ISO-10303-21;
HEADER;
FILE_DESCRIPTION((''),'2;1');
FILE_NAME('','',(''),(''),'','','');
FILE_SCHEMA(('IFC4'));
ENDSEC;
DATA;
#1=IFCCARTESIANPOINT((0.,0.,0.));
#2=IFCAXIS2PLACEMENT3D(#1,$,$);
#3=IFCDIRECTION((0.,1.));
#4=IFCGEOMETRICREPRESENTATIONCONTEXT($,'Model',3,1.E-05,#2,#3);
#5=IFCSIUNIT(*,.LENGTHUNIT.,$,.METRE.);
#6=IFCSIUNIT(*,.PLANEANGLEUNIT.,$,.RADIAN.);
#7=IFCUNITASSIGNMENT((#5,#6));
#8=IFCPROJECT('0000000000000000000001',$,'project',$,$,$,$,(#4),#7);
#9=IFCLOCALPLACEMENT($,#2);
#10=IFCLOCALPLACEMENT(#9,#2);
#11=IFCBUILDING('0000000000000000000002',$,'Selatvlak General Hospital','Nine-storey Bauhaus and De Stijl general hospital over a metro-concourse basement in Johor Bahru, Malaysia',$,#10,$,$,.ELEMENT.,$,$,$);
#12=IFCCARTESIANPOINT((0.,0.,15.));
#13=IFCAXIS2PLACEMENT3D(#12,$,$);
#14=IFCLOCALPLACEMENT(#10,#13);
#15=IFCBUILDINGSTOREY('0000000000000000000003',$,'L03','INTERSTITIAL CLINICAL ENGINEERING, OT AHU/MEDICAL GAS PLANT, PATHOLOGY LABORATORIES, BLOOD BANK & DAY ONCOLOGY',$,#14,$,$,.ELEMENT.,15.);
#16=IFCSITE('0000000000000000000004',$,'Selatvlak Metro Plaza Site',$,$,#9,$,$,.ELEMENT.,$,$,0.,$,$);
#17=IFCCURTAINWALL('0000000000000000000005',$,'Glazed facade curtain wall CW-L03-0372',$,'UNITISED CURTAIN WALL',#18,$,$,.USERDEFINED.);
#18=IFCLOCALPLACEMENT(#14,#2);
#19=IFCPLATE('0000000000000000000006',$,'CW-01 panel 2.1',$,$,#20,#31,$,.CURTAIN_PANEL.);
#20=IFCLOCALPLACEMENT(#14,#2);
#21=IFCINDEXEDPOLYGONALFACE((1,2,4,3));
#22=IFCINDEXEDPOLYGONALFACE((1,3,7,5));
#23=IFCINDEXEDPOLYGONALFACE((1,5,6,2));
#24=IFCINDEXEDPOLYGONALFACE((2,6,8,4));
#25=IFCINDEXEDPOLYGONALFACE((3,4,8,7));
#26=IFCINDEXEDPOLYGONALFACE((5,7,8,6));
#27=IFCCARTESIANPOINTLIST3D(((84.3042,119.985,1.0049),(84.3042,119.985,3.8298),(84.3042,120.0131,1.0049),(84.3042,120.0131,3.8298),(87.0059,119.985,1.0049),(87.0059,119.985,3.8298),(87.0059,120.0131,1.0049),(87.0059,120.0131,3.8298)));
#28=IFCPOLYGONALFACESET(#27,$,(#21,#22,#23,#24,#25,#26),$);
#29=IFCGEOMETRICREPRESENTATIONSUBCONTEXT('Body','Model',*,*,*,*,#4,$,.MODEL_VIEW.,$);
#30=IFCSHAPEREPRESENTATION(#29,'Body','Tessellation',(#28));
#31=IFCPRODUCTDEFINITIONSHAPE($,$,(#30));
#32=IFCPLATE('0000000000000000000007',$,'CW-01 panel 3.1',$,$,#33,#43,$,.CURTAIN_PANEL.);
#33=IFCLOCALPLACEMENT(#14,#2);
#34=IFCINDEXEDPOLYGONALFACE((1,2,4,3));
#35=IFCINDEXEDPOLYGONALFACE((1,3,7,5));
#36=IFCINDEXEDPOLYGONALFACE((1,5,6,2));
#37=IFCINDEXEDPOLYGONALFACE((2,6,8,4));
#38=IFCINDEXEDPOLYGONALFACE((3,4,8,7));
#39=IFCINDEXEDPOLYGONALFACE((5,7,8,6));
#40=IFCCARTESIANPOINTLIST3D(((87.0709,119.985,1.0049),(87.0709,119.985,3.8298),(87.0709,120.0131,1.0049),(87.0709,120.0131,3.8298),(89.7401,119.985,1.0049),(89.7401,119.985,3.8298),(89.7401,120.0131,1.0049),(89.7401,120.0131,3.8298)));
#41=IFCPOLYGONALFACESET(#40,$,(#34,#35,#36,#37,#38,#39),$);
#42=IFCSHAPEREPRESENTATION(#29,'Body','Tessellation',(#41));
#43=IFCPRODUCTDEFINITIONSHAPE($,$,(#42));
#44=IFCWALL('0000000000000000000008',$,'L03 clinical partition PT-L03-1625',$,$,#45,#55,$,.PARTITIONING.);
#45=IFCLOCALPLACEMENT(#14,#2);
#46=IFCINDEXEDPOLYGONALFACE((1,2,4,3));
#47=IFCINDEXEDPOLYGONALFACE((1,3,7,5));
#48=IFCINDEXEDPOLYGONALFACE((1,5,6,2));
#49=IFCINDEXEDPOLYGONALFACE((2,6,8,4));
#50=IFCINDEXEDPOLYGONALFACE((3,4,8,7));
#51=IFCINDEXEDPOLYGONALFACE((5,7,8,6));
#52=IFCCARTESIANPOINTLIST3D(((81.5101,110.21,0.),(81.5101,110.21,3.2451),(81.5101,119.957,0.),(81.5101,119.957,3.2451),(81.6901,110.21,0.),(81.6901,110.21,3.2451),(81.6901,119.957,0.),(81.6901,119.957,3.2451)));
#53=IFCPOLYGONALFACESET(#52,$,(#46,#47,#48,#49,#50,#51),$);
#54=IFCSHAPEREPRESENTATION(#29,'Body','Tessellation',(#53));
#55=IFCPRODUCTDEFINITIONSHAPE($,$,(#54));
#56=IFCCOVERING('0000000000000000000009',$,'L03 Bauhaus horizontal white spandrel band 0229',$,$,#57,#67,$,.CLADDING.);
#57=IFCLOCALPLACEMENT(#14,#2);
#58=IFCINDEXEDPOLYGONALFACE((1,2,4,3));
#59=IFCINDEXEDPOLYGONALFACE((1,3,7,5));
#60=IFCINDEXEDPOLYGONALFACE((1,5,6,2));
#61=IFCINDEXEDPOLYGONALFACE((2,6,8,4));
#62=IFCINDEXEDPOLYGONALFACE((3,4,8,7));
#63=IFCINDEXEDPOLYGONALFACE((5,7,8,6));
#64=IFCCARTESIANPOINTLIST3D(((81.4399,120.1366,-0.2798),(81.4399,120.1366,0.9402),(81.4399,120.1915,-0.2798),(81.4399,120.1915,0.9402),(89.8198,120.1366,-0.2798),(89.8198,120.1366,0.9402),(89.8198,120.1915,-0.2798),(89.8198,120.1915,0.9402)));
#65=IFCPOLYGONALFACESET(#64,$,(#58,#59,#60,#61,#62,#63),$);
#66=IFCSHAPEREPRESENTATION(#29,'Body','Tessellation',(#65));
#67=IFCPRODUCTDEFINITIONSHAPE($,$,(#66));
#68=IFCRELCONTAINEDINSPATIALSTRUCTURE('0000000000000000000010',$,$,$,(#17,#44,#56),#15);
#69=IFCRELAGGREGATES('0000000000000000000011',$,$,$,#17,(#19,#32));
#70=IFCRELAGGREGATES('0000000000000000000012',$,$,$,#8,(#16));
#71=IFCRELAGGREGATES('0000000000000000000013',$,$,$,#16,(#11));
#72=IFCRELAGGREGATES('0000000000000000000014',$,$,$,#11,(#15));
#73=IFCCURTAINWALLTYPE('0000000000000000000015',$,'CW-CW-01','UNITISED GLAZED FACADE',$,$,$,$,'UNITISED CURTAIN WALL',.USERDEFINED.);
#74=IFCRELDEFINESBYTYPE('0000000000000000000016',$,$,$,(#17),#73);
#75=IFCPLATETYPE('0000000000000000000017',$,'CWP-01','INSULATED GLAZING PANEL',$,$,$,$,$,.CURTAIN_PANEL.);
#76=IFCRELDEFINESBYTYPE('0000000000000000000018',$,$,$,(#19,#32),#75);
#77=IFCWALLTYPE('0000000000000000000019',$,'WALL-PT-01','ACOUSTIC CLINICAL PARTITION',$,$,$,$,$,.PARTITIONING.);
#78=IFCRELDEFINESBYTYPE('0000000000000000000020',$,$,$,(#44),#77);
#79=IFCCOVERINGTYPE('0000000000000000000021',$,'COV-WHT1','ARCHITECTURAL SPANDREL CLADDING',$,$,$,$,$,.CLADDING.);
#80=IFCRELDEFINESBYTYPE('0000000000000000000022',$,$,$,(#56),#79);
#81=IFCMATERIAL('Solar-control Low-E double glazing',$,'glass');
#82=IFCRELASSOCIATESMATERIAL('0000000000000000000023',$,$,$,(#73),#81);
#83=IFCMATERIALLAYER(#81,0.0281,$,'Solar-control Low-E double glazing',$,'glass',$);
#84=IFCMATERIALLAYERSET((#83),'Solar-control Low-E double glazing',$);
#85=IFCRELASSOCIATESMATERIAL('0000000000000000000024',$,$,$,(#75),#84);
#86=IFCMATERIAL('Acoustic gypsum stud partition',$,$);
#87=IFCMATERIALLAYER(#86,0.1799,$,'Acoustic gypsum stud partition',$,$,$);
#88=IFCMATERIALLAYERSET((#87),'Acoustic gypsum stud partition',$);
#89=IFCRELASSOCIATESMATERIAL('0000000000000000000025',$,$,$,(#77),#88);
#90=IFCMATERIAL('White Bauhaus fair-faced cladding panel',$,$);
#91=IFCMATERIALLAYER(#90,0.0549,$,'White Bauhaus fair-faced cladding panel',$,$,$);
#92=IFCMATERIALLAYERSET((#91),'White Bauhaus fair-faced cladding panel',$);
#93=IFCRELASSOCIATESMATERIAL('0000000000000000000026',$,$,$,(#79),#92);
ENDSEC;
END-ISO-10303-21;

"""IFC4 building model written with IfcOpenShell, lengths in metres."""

from ifc_helpers import new_model, si_unit, direction, frame, frame_2d, origin, origin_2d, place, context, subcontext, project, spatial, rectangle, extrude, material, layer, layer_set, type_object, element, aggregate, save


model = new_model("IFC4")

# Units and contexts
model_context = context("Model", 3, precision=1e-05, world=origin(), true_north=direction((0.0, 1.0)))
body_context = subcontext(model_context, "Body", "Model", "MODEL_VIEW")
ifc_project = project(units=[si_unit("LENGTHUNIT", "METRE"), si_unit("PLANEANGLEUNIT", "RADIAN")], contexts=[model_context])

# Site, building, storey
site_placement = place(None, origin())
site = spatial("IfcSite", under=ifc_project, at=site_placement, Name="Selatvlak Metro Plaza Site", CompositionType="ELEMENT", RefElevation=0.0)
building_placement = place(site_placement, origin())
building = spatial("IfcBuilding", under=site, at=building_placement, Name="Selatvlak General Hospital", Description="Nine-storey Bauhaus and De Stijl general hospital over a metro-concourse basement in Johor Bahru, Malaysia", CompositionType="ELEMENT")
storey_placement = place(building_placement, frame((0.0, 0.0, 15.0)))
storey = spatial("IfcBuildingStorey", under=building, at=storey_placement, Name="L03", Description="INTERSTITIAL CLINICAL ENGINEERING, OT AHU/MEDICAL GAS PLANT, PATHOLOGY LABORATORIES, BLOOD BANK & DAY ONCOLOGY", CompositionType="ELEMENT", Elevation=15.0)

# Curtain wall
ifc_material_1 = material(Name="Solar-control Low-E double glazing", Category="glass")
curtain_wall_type_1 = type_object("IfcCurtainWallType", Name="CW-CW-01", Description="UNITISED GLAZED FACADE", ElementType="UNITISED CURTAIN WALL", PredefinedType="USERDEFINED", material=ifc_material_1)
curtain_wall_1_placement = place(storey_placement, origin())
curtain_wall_1 = element("IfcCurtainWall", 1, at=curtain_wall_1_placement, inside=storey, type_object=curtain_wall_type_1, Name="Glazed facade curtain wall CW-L03-0372", ObjectType="UNITISED CURTAIN WALL", PredefinedType="USERDEFINED")

# Plates
ifc_layer_1 = layer(ifc_material_1, 0.0281, Name="Solar-control Low-E double glazing", Category="glass")
ifc_layer_set_1 = layer_set([ifc_layer_1], Name="Solar-control Low-E double glazing")
plate_type = type_object("IfcPlateType", Name="CWP-01", Description="INSULATED GLAZING PANEL", PredefinedType="CURTAIN_PANEL", material=ifc_layer_set_1)
plate_1_placement = place(storey_placement, frame((85.655, 119.999, 1.0049), z_axis=(0.0, 0.0, 1.0), x_axis=(1.0, 0.0, 0.0)))
plate_1 = element("IfcPlate", 2, at=plate_1_placement, type_object=plate_type, Name="CW-01 panel 2.1", PredefinedType="CURTAIN_PANEL", context=body_context, shape_type="SweptSolid", body=[
    extrude(rectangle(XDim=2.7017, YDim=0.0281, at=origin_2d()), origin(), (0.0, 0.0, 1.0), 2.825),
])
plate_2_placement = place(storey_placement, frame((88.4055, 119.999, 1.0049), z_axis=(0.0, 0.0, 1.0), x_axis=(1.0, 0.0, 0.0)))
plate_2 = element("IfcPlate", 3, at=plate_2_placement, type_object=plate_type, Name="CW-01 panel 3.1", PredefinedType="CURTAIN_PANEL", context=body_context, shape_type="SweptSolid", body=[
    extrude(rectangle(XDim=2.6692, YDim=0.0281, at=origin_2d()), origin(), (0.0, 0.0, 1.0), 2.825),
])
aggregate(curtain_wall_1, [plate_1, plate_2])

# Wall
ifc_material_2 = material(Name="Acoustic gypsum stud partition")
ifc_layer_2 = layer(ifc_material_2, 0.1799, Name="Acoustic gypsum stud partition")
ifc_layer_set_2 = layer_set([ifc_layer_2], Name="Acoustic gypsum stud partition")
wall_type = type_object("IfcWallType", Name="WALL-PT-01", Description="ACOUSTIC CLINICAL PARTITION", PredefinedType="PARTITIONING", material=ifc_layer_set_2)
wall_placement = place(storey_placement, frame((81.6001, 119.957, 0.0), z_axis=(0.0, 0.0, 1.0), x_axis=(0.0, -1.0, 0.0)))
element("IfcWall", 4, at=wall_placement, inside=storey, type_object=wall_type, Name="L03 clinical partition PT-L03-1625", PredefinedType="PARTITIONING", context=body_context, shape_type="SweptSolid", body=[
    extrude(rectangle(XDim=9.7471, YDim=0.1799, at=frame_2d((4.8735, 0.0))), origin(), (0.0, 0.0, 1.0), 3.2451),
])

# Covering
ifc_material_3 = material(Name="White Bauhaus fair-faced cladding panel")
ifc_layer_3 = layer(ifc_material_3, 0.0549, Name="White Bauhaus fair-faced cladding panel")
ifc_layer_set_3 = layer_set([ifc_layer_3], Name="White Bauhaus fair-faced cladding panel")
covering_type = type_object("IfcCoveringType", Name="COV-WHT1", Description="ARCHITECTURAL SPANDREL CLADDING", PredefinedType="CLADDING", material=ifc_layer_set_3)
covering_placement = place(storey_placement, frame((85.6299, 120.1641, -0.2798), z_axis=(0.0, 0.0, 1.0), x_axis=(1.0, 0.0, 0.0)))
element("IfcCovering", 5, at=covering_placement, inside=storey, type_object=covering_type, Name="L03 Bauhaus horizontal white spandrel band 0229", PredefinedType="CLADDING", context=body_context, shape_type="SweptSolid", body=[
    extrude(rectangle(XDim=8.3799, YDim=0.0549, at=origin_2d()), origin(), (0.0, 0.0, 1.0), 1.22),
])

save(model, "model.ifc")
